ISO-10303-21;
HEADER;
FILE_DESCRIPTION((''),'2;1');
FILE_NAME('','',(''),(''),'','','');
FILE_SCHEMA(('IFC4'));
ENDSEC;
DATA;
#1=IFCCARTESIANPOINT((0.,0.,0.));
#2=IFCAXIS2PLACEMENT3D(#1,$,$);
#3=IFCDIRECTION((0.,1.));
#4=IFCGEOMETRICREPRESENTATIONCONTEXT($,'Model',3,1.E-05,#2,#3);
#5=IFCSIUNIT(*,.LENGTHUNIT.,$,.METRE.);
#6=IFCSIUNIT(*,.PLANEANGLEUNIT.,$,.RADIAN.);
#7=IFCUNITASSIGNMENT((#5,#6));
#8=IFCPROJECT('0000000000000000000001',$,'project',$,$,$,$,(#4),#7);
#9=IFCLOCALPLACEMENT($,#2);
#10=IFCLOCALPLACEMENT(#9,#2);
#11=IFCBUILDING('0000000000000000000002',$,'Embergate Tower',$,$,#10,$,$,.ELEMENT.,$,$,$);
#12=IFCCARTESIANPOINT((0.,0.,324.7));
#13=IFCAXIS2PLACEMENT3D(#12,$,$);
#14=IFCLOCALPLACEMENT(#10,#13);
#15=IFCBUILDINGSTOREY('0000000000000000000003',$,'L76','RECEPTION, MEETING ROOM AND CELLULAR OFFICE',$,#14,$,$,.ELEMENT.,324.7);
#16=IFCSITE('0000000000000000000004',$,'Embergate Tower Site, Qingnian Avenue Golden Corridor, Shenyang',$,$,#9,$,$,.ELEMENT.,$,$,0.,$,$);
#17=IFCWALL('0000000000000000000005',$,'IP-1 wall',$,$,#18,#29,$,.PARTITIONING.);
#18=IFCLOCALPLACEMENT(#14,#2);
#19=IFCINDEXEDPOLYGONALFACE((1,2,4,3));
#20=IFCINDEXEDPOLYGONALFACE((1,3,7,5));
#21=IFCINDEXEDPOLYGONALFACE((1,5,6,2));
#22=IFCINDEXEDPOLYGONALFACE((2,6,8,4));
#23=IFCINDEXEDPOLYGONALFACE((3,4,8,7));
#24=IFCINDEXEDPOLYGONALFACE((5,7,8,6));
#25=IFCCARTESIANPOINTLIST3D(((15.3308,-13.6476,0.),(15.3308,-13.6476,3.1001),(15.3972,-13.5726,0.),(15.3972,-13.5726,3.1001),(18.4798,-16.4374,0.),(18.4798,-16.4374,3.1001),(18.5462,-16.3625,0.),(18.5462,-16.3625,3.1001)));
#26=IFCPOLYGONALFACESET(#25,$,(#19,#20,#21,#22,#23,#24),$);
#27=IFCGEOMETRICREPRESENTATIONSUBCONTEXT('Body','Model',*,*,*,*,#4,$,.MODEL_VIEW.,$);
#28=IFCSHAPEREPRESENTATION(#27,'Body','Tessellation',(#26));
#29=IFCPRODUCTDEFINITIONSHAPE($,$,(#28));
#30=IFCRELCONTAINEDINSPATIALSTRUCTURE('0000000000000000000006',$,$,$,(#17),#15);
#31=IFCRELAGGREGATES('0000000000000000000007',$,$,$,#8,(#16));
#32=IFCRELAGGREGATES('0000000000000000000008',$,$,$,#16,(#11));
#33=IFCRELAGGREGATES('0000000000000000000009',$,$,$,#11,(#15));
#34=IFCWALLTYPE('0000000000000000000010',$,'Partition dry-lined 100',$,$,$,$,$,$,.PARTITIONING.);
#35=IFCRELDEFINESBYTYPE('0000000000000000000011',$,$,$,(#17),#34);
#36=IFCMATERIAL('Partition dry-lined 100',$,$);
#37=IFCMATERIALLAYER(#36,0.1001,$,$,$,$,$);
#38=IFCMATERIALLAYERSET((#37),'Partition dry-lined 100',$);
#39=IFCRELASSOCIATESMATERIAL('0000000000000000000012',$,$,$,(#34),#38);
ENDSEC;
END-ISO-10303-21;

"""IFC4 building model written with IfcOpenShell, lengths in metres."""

from ifc_helpers import new_model, si_unit, direction, frame, frame_2d, origin, place, context, subcontext, project, spatial, rectangle, extrude, source, transform, mapped, material, layer, layer_set, type_object, element, save


model = new_model("IFC4")

# Units and contexts
model_context = context("Model", 3, precision=1e-05, world=origin(), true_north=direction((0.0, 1.0)))
body_context = subcontext(model_context, "Body", "Model", "MODEL_VIEW")
ifc_project = project(units=[si_unit("LENGTHUNIT", "METRE"), si_unit("PLANEANGLEUNIT", "RADIAN")], contexts=[model_context])

# Site, building, storey
site_placement = place(None, origin())
site = spatial("IfcSite", under=ifc_project, at=site_placement, Name="Embergate Tower Site, Qingnian Avenue Golden Corridor, Shenyang", CompositionType="ELEMENT", RefElevation=0.0)
building_placement = place(site_placement, origin())
building = spatial("IfcBuilding", under=site, at=building_placement, Name="Embergate Tower", CompositionType="ELEMENT")
storey_placement = place(building_placement, frame((0.0, 0.0, 324.7)))
storey = spatial("IfcBuildingStorey", under=building, at=storey_placement, Name="L76", Description="RECEPTION, MEETING ROOM AND CELLULAR OFFICE", CompositionType="ELEMENT", Elevation=324.7)

# Wall
ifc_material_1 = material(Name="Partition dry-lined 100")
ifc_layer_1 = layer(ifc_material_1, 0.1001)
ifc_layer_set_1 = layer_set([ifc_layer_1], Name="Partition dry-lined 100")
wall_type = type_object("IfcWallType", Name="Partition dry-lined 100", PredefinedType="PARTITIONING", material=ifc_layer_set_1)
shared_shape_1 = source(origin(), body_context, "Body", "SweptSolid", [
    extrude(rectangle(XDim=4.207, YDim=0.1001, at=frame_2d((2.1035, 0.0))), origin(), (0.0, 0.0, 1.0), 3.1001),
])
wall_placement = place(storey_placement, frame((15.364, -13.6101, 0.0), z_axis=(0.0, 0.0, 1.0), x_axis=(0.7485, -0.663135, 0.0)))
element("IfcWall", 1, at=wall_placement, inside=storey, type_object=wall_type, Name="IP-1 wall", PredefinedType="PARTITIONING", context=body_context, shape_type="MappedRepresentation", body=[
    mapped(shared_shape_1, transform((0.0, 0.0, 0.0))),
])

save(model, "model.ifc")
